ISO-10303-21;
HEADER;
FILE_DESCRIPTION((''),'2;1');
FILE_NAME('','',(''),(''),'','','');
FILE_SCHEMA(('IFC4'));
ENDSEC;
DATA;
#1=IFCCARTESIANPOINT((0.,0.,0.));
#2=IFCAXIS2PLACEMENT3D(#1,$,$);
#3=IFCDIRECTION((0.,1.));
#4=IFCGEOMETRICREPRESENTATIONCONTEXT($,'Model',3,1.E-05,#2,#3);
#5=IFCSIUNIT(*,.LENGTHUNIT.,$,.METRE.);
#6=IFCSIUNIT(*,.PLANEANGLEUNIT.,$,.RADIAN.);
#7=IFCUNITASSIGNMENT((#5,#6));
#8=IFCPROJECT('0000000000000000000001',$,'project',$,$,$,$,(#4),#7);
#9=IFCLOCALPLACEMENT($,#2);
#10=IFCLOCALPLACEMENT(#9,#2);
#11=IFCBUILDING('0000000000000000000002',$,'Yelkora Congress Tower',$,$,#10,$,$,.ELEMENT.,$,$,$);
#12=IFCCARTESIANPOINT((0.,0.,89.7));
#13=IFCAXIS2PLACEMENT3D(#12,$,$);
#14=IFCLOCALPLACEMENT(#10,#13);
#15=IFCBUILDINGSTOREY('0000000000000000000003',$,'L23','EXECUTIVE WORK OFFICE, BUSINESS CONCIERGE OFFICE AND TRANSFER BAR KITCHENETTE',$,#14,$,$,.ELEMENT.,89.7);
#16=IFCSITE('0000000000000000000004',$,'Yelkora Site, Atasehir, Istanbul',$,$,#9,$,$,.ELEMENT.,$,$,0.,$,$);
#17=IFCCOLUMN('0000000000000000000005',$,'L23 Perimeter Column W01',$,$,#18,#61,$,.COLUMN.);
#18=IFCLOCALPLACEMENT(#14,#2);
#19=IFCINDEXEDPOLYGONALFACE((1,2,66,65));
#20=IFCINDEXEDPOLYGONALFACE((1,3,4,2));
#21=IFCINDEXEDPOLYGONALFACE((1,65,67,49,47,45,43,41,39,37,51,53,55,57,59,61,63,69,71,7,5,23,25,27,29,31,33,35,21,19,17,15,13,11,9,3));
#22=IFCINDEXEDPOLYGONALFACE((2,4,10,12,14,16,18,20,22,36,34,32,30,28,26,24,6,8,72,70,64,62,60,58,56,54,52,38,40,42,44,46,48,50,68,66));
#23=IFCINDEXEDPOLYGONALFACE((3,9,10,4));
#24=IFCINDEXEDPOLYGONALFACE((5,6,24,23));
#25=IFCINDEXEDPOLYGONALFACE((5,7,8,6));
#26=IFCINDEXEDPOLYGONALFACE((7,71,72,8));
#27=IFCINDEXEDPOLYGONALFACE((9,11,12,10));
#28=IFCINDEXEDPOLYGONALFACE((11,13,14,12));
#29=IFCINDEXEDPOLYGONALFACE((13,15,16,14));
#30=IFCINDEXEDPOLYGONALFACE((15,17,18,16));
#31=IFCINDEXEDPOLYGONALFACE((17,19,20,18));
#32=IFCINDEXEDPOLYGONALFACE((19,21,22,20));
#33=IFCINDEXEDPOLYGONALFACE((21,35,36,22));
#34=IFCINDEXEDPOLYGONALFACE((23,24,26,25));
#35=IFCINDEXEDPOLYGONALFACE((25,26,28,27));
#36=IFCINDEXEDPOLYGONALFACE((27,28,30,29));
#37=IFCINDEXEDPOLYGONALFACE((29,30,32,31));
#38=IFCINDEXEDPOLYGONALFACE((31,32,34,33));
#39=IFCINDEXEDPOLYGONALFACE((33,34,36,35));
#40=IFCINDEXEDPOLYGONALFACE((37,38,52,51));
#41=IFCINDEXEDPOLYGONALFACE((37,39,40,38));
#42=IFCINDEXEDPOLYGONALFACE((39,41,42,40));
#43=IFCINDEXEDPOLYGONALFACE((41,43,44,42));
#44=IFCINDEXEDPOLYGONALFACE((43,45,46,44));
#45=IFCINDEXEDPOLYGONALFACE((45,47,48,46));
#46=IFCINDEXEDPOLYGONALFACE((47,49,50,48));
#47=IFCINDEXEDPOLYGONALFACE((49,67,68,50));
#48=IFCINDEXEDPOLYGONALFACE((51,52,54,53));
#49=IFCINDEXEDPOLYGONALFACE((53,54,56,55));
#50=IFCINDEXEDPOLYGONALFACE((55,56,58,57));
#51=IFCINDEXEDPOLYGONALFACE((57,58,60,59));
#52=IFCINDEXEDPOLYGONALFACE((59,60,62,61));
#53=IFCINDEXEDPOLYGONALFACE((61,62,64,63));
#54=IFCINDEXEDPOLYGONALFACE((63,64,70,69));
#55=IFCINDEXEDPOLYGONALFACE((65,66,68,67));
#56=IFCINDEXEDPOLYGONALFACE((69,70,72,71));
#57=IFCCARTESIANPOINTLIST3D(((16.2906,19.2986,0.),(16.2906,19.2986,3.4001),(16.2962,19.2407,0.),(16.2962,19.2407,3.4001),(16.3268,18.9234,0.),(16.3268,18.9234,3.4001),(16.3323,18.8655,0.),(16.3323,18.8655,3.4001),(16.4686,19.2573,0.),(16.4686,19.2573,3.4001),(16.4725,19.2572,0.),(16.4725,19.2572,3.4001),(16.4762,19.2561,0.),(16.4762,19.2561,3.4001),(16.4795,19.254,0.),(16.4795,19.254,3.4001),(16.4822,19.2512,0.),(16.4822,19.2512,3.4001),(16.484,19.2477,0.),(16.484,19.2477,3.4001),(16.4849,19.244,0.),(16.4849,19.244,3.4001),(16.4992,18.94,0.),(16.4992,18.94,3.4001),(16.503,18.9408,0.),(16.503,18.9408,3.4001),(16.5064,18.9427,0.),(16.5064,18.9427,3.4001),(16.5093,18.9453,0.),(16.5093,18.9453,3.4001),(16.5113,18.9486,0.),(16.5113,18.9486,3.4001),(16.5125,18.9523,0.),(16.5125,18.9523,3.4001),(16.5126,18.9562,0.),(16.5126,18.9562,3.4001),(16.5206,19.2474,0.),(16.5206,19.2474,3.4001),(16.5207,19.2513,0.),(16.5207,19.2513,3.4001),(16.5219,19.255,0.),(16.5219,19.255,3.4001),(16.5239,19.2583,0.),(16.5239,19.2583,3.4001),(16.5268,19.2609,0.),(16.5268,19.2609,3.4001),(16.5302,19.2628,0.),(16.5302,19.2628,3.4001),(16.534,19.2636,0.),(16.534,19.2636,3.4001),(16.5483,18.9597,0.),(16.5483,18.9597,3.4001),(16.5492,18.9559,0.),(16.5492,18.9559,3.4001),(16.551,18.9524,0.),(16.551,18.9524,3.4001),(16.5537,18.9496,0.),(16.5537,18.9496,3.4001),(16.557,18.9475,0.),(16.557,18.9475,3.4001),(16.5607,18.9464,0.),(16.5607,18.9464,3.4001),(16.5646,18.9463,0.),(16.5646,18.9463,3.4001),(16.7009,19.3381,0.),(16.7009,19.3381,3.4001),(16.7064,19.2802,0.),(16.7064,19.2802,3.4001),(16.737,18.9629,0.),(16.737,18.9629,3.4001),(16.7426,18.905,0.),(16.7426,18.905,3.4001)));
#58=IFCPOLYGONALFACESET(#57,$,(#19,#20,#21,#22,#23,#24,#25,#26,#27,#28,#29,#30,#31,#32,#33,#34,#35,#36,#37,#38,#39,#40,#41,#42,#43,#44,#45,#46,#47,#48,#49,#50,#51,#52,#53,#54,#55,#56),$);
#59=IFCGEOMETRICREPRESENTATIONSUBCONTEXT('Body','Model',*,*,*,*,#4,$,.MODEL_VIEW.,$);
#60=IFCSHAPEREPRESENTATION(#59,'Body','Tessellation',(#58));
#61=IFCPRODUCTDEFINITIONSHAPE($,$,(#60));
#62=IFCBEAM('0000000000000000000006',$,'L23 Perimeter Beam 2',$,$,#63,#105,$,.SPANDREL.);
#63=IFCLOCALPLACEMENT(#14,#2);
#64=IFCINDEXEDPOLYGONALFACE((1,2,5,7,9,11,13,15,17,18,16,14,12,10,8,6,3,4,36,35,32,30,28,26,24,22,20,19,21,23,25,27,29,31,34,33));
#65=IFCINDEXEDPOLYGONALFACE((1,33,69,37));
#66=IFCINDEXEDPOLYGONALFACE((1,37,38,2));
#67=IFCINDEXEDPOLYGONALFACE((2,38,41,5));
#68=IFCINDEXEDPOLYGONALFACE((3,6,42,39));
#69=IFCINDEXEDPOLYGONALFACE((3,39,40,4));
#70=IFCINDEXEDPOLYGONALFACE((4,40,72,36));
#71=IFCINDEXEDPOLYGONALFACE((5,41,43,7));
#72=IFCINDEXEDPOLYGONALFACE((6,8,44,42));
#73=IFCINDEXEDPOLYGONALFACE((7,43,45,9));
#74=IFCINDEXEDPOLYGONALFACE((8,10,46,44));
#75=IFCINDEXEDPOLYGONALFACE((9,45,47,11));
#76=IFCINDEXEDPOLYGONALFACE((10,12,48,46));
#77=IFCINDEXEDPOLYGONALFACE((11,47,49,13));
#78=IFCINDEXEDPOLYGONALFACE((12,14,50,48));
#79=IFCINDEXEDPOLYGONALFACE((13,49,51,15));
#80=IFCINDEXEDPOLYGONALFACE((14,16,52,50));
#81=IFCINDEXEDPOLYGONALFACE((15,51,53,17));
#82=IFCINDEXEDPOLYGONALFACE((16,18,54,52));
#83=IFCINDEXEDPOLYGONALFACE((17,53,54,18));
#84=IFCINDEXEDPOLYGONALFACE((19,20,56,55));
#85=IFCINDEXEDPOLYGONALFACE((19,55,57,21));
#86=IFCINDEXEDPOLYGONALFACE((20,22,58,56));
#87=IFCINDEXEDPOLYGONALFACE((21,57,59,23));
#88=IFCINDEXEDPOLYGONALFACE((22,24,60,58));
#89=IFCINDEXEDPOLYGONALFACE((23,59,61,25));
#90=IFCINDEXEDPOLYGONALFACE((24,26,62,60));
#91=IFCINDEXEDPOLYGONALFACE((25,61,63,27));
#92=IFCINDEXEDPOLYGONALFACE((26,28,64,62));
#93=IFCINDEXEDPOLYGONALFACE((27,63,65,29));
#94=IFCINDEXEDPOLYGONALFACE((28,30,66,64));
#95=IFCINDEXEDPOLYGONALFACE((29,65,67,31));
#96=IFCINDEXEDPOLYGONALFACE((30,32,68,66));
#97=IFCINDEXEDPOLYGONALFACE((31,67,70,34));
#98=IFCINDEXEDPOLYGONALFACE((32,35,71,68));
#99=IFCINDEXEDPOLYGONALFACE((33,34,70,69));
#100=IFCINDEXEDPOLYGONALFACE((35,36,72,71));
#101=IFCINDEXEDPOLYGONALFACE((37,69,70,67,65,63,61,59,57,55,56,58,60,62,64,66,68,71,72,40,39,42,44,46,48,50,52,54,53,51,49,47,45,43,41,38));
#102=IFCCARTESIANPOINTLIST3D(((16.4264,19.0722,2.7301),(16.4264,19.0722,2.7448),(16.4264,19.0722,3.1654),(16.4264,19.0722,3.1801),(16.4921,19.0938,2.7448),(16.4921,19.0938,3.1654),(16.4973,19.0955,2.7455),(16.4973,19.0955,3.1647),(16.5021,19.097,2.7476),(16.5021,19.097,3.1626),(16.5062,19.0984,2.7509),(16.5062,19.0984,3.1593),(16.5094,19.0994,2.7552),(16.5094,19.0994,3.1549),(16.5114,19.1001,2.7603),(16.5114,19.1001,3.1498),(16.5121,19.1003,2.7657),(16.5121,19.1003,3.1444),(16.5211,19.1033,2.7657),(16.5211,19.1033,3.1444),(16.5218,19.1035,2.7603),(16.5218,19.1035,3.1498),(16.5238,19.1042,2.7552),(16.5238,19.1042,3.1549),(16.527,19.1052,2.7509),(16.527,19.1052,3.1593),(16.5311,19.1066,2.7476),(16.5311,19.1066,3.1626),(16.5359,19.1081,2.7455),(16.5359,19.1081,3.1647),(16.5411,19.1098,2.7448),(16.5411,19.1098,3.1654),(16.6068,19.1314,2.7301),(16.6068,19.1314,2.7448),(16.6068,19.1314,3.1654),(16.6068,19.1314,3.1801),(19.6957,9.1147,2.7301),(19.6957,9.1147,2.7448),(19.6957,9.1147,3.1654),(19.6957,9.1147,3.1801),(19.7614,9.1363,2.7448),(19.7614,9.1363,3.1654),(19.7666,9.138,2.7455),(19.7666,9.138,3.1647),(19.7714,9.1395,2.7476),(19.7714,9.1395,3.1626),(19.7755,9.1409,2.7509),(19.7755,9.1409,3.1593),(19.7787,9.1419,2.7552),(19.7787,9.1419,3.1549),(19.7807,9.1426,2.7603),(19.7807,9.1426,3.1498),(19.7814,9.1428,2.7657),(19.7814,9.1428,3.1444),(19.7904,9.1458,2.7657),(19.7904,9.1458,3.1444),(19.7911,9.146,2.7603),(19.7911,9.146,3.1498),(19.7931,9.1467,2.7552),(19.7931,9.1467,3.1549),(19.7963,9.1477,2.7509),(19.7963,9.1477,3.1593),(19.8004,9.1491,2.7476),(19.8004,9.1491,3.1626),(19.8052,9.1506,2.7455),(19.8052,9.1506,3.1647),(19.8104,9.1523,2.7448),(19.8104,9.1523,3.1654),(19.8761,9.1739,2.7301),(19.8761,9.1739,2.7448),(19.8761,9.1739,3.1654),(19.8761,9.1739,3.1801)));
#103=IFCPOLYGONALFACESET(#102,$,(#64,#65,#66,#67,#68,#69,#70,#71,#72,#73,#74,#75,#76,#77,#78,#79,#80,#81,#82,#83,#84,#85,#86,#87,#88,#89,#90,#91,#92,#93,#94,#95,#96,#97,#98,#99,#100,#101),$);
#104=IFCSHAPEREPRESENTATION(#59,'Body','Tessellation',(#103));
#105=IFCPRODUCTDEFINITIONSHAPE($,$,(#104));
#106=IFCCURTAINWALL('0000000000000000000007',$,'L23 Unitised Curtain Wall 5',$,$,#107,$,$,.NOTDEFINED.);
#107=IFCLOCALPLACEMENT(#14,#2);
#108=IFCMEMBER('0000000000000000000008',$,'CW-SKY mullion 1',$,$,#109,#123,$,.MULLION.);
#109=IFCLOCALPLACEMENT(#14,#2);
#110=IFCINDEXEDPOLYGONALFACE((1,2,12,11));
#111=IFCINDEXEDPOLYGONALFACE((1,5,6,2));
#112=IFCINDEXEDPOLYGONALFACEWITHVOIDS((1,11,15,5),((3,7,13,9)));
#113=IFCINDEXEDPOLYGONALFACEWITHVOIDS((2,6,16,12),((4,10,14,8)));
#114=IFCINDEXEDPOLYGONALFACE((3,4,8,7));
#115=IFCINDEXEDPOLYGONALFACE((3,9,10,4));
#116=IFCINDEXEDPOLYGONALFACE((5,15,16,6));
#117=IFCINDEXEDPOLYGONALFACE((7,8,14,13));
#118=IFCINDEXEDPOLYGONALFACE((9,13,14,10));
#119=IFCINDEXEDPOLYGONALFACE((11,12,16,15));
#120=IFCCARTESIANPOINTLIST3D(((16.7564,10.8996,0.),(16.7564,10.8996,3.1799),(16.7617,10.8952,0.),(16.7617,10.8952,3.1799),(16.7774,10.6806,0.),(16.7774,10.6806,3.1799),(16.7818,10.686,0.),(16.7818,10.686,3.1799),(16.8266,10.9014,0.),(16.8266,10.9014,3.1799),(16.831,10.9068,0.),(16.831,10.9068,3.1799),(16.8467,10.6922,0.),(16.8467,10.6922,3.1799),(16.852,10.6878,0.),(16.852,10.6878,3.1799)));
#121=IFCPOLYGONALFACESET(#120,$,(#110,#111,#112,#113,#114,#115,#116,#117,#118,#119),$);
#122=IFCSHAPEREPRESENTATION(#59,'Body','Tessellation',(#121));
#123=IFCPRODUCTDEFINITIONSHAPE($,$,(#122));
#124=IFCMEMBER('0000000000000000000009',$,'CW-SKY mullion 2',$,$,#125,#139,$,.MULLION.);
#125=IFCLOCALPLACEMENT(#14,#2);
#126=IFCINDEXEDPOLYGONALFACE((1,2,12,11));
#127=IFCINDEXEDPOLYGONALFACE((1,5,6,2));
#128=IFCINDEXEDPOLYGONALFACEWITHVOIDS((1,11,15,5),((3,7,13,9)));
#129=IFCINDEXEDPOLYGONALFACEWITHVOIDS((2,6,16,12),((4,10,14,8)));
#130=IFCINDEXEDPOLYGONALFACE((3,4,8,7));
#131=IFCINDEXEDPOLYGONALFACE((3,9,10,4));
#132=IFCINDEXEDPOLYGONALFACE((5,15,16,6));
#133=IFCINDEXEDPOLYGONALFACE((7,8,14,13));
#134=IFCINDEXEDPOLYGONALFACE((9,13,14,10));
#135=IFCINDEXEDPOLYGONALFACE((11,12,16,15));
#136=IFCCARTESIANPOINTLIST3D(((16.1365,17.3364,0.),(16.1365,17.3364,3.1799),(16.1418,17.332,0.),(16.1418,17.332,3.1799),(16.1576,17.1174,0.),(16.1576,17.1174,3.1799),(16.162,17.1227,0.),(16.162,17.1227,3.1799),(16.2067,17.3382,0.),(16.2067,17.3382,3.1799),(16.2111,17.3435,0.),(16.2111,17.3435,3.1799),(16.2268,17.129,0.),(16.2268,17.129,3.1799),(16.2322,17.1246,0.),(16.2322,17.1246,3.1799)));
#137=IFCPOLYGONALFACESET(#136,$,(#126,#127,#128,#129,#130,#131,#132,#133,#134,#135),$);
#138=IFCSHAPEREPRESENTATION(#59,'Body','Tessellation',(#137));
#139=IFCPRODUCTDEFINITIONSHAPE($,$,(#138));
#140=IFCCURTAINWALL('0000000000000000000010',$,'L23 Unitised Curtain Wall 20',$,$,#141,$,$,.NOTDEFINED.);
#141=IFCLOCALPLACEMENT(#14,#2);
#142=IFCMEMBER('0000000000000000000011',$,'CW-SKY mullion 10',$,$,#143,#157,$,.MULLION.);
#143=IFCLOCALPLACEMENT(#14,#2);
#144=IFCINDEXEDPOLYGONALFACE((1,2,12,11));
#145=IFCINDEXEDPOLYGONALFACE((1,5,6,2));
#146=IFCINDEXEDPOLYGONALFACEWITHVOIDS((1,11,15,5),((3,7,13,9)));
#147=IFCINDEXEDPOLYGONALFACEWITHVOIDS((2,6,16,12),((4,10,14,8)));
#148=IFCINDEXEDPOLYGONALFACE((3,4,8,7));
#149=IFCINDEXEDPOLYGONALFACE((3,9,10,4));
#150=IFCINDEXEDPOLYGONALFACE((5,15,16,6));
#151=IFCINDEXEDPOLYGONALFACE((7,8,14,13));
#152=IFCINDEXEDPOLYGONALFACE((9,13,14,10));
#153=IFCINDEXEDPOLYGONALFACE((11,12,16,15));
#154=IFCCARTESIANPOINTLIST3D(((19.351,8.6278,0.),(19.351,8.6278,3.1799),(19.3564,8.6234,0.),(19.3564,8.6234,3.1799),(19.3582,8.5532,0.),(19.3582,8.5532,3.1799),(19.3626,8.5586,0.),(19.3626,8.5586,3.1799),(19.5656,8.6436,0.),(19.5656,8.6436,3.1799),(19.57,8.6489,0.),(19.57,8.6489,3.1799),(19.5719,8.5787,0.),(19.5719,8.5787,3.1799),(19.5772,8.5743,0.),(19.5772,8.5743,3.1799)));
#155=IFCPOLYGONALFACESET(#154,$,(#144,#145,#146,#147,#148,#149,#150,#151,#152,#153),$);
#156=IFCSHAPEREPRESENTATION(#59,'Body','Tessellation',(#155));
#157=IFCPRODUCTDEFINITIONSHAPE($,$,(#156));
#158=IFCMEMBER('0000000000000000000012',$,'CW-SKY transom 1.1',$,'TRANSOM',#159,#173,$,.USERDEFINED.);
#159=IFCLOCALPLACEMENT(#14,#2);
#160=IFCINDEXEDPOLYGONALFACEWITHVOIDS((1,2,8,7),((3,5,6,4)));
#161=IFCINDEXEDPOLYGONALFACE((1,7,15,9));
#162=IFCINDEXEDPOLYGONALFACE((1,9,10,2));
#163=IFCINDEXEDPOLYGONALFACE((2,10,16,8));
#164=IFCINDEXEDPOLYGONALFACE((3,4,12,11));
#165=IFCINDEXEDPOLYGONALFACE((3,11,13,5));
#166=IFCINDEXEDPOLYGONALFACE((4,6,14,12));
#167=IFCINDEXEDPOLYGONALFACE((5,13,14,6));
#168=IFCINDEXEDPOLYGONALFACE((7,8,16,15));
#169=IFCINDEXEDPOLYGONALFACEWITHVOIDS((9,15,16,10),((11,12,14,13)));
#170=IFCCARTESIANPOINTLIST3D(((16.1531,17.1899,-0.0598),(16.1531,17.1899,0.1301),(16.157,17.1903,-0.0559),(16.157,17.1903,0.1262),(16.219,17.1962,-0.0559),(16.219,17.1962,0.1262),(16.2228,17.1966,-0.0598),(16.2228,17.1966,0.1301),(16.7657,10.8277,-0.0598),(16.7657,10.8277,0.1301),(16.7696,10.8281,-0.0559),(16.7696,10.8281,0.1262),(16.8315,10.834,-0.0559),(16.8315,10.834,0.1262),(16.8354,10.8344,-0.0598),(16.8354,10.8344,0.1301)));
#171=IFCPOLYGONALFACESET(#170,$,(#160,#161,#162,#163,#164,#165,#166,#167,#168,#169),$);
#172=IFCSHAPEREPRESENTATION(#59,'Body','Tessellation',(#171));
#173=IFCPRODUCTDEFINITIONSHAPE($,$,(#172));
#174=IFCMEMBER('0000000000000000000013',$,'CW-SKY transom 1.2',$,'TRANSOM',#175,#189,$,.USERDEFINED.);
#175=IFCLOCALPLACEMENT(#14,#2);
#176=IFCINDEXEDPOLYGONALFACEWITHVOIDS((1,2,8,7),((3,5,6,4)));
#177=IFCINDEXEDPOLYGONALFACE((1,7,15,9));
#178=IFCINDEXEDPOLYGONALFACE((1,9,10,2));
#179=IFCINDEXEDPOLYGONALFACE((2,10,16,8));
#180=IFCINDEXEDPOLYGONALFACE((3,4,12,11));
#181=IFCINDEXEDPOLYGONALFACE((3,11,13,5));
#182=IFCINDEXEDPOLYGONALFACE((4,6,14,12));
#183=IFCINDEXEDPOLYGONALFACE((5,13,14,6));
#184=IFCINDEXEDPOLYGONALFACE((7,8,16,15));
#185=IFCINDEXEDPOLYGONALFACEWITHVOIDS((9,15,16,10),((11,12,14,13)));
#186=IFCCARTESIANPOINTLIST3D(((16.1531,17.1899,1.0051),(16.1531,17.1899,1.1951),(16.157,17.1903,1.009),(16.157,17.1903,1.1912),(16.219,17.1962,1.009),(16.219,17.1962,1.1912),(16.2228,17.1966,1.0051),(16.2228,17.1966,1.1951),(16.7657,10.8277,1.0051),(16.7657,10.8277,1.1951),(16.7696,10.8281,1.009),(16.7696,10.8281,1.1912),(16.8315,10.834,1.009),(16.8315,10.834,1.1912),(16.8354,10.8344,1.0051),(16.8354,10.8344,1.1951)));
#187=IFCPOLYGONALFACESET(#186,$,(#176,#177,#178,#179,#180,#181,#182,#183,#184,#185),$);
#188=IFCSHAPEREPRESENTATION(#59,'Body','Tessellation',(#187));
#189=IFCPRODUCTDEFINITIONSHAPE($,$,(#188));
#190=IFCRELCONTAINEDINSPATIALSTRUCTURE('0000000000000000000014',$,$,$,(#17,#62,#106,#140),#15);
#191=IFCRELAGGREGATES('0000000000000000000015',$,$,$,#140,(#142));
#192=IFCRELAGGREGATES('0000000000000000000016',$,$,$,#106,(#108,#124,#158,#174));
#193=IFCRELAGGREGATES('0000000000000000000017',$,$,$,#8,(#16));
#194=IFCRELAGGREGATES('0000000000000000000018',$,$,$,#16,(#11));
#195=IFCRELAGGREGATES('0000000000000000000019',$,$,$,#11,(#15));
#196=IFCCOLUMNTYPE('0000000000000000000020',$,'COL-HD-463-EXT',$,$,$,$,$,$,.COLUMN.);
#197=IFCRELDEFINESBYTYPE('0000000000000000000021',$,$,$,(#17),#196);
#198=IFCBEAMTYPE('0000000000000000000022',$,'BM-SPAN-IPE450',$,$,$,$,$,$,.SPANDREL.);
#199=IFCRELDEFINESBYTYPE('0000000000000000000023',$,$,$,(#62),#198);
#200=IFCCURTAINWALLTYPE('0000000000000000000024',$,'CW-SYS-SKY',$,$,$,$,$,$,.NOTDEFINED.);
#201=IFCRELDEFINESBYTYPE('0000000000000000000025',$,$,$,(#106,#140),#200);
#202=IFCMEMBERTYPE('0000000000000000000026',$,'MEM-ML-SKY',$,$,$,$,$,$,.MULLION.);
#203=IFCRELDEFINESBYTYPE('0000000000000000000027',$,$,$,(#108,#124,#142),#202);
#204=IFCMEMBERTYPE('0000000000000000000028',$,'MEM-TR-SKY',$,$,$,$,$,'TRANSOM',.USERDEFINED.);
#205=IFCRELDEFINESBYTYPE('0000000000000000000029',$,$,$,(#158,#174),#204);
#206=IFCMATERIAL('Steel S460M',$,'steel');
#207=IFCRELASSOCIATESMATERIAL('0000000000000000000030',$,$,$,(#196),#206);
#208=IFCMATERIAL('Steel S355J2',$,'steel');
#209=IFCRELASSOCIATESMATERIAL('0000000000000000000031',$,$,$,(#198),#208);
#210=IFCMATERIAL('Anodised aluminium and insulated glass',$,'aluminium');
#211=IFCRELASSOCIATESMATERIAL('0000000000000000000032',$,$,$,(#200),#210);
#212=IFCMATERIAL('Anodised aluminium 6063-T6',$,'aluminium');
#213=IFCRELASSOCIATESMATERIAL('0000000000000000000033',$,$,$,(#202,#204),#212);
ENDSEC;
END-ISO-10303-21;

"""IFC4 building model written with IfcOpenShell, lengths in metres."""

from ifc_helpers import new_model, si_unit, direction, frame, origin, origin_2d, place, context, subcontext, project, spatial, hollow_rectangle, i_section, extrude, material, material_profile, profile_set, type_object, element, aggregate, save


model = new_model("IFC4")

# Units and contexts
model_context = context("Model", 3, precision=1e-05, world=origin(), true_north=direction((0.0, 1.0)))
body_context = subcontext(model_context, "Body", "Model", "MODEL_VIEW")
ifc_project = project(units=[si_unit("LENGTHUNIT", "METRE"), si_unit("PLANEANGLEUNIT", "RADIAN")], contexts=[model_context])

# Site, building, storey
site_placement = place(None, origin())
site = spatial("IfcSite", under=ifc_project, at=site_placement, Name="Yelkora Site, Atasehir, Istanbul", CompositionType="ELEMENT", RefElevation=0.0)
building_placement = place(site_placement, origin())
building = spatial("IfcBuilding", under=site, at=building_placement, Name="Yelkora Congress Tower", CompositionType="ELEMENT")
storey_placement = place(building_placement, frame((0.0, 0.0, 89.7)))
storey = spatial("IfcBuildingStorey", under=building, at=storey_placement, Name="L23", Description="EXECUTIVE WORK OFFICE, BUSINESS CONCIERGE OFFICE AND TRANSFER BAR KITCHENETTE", CompositionType="ELEMENT", Elevation=89.7)

# Column
ifc_material_1 = material(Name="Steel S460M", Category="steel")
ifc_material_profile_1 = material_profile(ifc_material_1, i_section(OverallWidth=0.4121, OverallDepth=0.4351, WebThickness=0.0359, FlangeThickness=0.0581, FilletRadius=0.0149, at=origin_2d()), Name="HD 400x463")
ifc_profile_set_1 = profile_set([ifc_material_profile_1], Name="Steel S460M")
column_type = type_object("IfcColumnType", Name="COL-HD-463-EXT", PredefinedType="COLUMN", material=ifc_profile_set_1)
column_placement = place(storey_placement, frame((16.5166, 19.1018, 0.0), z_axis=(0.0, 0.0, 1.0), x_axis=(0.995396, 0.095846, 0.0)))
element("IfcColumn", 1, at=column_placement, inside=storey, type_object=column_type, Name="L23 Perimeter Column W01", PredefinedType="COLUMN", context=body_context, shape_type="SweptSolid", body=[
    extrude(i_section(OverallWidth=0.4121, OverallDepth=0.4351, WebThickness=0.0359, FlangeThickness=0.0581, FilletRadius=0.0149, at=origin_2d()), origin(), (0.0, 0.0, 1.0), 3.4001),
])

# Beam
ifc_material_2 = material(Name="Steel S355J2", Category="steel")
ifc_material_profile_2 = material_profile(ifc_material_2, i_section(OverallWidth=0.1899, OverallDepth=0.45, WebThickness=0.0095, FlangeThickness=0.0146, FilletRadius=0.021, at=origin_2d()), Name="IPE 450")
ifc_profile_set_2 = profile_set([ifc_material_profile_2], Name="Steel S355J2")
beam_type = type_object("IfcBeamType", Name="BM-SPAN-IPE450", PredefinedType="SPANDREL", material=ifc_profile_set_2)
beam_placement = place(storey_placement, frame((16.5166, 19.1018, 2.9551), z_axis=(0.311941, -0.950102, 0.0), x_axis=(0.950102, 0.311941, 0.0)))
element("IfcBeam", 2, at=beam_placement, inside=storey, type_object=beam_type, Name="L23 Perimeter Beam 2", PredefinedType="SPANDREL", context=body_context, shape_type="SweptSolid", body=[
    extrude(i_section(OverallWidth=0.1899, OverallDepth=0.45, WebThickness=0.0095, FlangeThickness=0.0146, FilletRadius=0.021, at=origin_2d()), origin(), (0.0, 0.0, 1.0), 10.4805),
])

# Curtain wall, members
ifc_material_3 = material(Name="Anodised aluminium and insulated glass", Category="aluminium")
curtain_wall_type = type_object("IfcCurtainWallType", Name="CW-SYS-SKY", PredefinedType="NOTDEFINED", material=ifc_material_3)
curtain_wall_1_placement = place(storey_placement, origin())
curtain_wall_1 = element("IfcCurtainWall", 3, at=curtain_wall_1_placement, inside=storey, type_object=curtain_wall_type, Name="L23 Unitised Curtain Wall 5", PredefinedType="NOTDEFINED")
ifc_material_4 = material(Name="Anodised aluminium 6063-T6", Category="aluminium")
ifc_material_profile_3 = material_profile(ifc_material_4, hollow_rectangle(XDim=0.075, YDim=0.22, WallThickness=0.0049, at=origin_2d()), Name="ALU 75x220x5")
ifc_profile_set_3 = profile_set([ifc_material_profile_3], Name="Anodised aluminium 6063-T6")
member_type_1 = type_object("IfcMemberType", Name="MEM-ML-SKY", PredefinedType="MULLION", material=ifc_profile_set_3)
member_1_placement = place(storey_placement, frame((16.8042, 10.7937, 0.0), z_axis=(0.0, 0.0, 1.0), x_axis=(-0.995397, -0.095843, 0.0)))
member_1 = element("IfcMember", 4, at=member_1_placement, type_object=member_type_1, Name="CW-SKY mullion 1", PredefinedType="MULLION", context=body_context, shape_type="SweptSolid", body=[
    extrude(hollow_rectangle(XDim=0.075, YDim=0.22, WallThickness=0.0049, at=origin_2d()), origin(), (0.0, 0.0, 1.0), 3.1799),
])
member_2_placement = place(storey_placement, frame((16.1843, 17.2305, 0.0), z_axis=(0.0, 0.0, 1.0), x_axis=(-0.995397, -0.095843, 0.0)))
member_2 = element("IfcMember", 5, at=member_2_placement, type_object=member_type_1, Name="CW-SKY mullion 2", PredefinedType="MULLION", context=body_context, shape_type="SweptSolid", body=[
    extrude(hollow_rectangle(XDim=0.075, YDim=0.22, WallThickness=0.0049, at=origin_2d()), origin(), (0.0, 0.0, 1.0), 3.1799),
])

# Curtain wall, member
curtain_wall_2_placement = place(storey_placement, origin())
curtain_wall_2 = element("IfcCurtainWall", 6, at=curtain_wall_2_placement, inside=storey, type_object=curtain_wall_type, Name="L23 Unitised Curtain Wall 20", PredefinedType="NOTDEFINED")
member_3_placement = place(storey_placement, frame((19.4641, 8.6011, 0.0), z_axis=(0.0, 0.0, 1.0), x_axis=(0.095844, -0.995396, 0.0)))
member_3 = element("IfcMember", 7, at=member_3_placement, type_object=member_type_1, Name="CW-SKY mullion 10", PredefinedType="MULLION", context=body_context, shape_type="SweptSolid", body=[
    extrude(hollow_rectangle(XDim=0.075, YDim=0.22, WallThickness=0.0049, at=origin_2d()), origin(), (0.0, 0.0, 1.0), 3.1799),
])
aggregate(curtain_wall_2, [member_3])

# Members
ifc_material_profile_4 = material_profile(ifc_material_4, hollow_rectangle(XDim=0.0701, YDim=0.1899, WallThickness=0.0039, at=origin_2d()), Name="ALU 70x190x4")
ifc_profile_set_4 = profile_set([ifc_material_profile_4], Name="Anodised aluminium 6063-T6")
member_type_2 = type_object("IfcMemberType", Name="MEM-TR-SKY", ElementType="TRANSOM", PredefinedType="USERDEFINED", material=ifc_profile_set_4)
member_4_placement = place(storey_placement, frame((16.8005, 10.8311, 0.0352), z_axis=(-0.095838, 0.995397, 0.0), x_axis=(-0.995397, -0.095838, 0.0)))
member_4 = element("IfcMember", 8, at=member_4_placement, type_object=member_type_2, Name="CW-SKY transom 1.1", ObjectType="TRANSOM", PredefinedType="USERDEFINED", context=body_context, shape_type="SweptSolid", body=[
    extrude(hollow_rectangle(XDim=0.0701, YDim=0.1899, WallThickness=0.0039, at=origin_2d()), origin(), (0.0, 0.0, 1.0), 6.3916),
])
member_5_placement = place(storey_placement, frame((16.8005, 10.8311, 1.1001), z_axis=(-0.095838, 0.995397, 0.0), x_axis=(-0.995397, -0.095838, 0.0)))
member_5 = element("IfcMember", 9, at=member_5_placement, type_object=member_type_2, Name="CW-SKY transom 1.2", ObjectType="TRANSOM", PredefinedType="USERDEFINED", context=body_context, shape_type="SweptSolid", body=[
    extrude(hollow_rectangle(XDim=0.0701, YDim=0.1899, WallThickness=0.0039, at=origin_2d()), origin(), (0.0, 0.0, 1.0), 6.3916),
])

aggregate(curtain_wall_1, [member_1, member_2, member_4, member_5])

save(model, "model.ifc")
